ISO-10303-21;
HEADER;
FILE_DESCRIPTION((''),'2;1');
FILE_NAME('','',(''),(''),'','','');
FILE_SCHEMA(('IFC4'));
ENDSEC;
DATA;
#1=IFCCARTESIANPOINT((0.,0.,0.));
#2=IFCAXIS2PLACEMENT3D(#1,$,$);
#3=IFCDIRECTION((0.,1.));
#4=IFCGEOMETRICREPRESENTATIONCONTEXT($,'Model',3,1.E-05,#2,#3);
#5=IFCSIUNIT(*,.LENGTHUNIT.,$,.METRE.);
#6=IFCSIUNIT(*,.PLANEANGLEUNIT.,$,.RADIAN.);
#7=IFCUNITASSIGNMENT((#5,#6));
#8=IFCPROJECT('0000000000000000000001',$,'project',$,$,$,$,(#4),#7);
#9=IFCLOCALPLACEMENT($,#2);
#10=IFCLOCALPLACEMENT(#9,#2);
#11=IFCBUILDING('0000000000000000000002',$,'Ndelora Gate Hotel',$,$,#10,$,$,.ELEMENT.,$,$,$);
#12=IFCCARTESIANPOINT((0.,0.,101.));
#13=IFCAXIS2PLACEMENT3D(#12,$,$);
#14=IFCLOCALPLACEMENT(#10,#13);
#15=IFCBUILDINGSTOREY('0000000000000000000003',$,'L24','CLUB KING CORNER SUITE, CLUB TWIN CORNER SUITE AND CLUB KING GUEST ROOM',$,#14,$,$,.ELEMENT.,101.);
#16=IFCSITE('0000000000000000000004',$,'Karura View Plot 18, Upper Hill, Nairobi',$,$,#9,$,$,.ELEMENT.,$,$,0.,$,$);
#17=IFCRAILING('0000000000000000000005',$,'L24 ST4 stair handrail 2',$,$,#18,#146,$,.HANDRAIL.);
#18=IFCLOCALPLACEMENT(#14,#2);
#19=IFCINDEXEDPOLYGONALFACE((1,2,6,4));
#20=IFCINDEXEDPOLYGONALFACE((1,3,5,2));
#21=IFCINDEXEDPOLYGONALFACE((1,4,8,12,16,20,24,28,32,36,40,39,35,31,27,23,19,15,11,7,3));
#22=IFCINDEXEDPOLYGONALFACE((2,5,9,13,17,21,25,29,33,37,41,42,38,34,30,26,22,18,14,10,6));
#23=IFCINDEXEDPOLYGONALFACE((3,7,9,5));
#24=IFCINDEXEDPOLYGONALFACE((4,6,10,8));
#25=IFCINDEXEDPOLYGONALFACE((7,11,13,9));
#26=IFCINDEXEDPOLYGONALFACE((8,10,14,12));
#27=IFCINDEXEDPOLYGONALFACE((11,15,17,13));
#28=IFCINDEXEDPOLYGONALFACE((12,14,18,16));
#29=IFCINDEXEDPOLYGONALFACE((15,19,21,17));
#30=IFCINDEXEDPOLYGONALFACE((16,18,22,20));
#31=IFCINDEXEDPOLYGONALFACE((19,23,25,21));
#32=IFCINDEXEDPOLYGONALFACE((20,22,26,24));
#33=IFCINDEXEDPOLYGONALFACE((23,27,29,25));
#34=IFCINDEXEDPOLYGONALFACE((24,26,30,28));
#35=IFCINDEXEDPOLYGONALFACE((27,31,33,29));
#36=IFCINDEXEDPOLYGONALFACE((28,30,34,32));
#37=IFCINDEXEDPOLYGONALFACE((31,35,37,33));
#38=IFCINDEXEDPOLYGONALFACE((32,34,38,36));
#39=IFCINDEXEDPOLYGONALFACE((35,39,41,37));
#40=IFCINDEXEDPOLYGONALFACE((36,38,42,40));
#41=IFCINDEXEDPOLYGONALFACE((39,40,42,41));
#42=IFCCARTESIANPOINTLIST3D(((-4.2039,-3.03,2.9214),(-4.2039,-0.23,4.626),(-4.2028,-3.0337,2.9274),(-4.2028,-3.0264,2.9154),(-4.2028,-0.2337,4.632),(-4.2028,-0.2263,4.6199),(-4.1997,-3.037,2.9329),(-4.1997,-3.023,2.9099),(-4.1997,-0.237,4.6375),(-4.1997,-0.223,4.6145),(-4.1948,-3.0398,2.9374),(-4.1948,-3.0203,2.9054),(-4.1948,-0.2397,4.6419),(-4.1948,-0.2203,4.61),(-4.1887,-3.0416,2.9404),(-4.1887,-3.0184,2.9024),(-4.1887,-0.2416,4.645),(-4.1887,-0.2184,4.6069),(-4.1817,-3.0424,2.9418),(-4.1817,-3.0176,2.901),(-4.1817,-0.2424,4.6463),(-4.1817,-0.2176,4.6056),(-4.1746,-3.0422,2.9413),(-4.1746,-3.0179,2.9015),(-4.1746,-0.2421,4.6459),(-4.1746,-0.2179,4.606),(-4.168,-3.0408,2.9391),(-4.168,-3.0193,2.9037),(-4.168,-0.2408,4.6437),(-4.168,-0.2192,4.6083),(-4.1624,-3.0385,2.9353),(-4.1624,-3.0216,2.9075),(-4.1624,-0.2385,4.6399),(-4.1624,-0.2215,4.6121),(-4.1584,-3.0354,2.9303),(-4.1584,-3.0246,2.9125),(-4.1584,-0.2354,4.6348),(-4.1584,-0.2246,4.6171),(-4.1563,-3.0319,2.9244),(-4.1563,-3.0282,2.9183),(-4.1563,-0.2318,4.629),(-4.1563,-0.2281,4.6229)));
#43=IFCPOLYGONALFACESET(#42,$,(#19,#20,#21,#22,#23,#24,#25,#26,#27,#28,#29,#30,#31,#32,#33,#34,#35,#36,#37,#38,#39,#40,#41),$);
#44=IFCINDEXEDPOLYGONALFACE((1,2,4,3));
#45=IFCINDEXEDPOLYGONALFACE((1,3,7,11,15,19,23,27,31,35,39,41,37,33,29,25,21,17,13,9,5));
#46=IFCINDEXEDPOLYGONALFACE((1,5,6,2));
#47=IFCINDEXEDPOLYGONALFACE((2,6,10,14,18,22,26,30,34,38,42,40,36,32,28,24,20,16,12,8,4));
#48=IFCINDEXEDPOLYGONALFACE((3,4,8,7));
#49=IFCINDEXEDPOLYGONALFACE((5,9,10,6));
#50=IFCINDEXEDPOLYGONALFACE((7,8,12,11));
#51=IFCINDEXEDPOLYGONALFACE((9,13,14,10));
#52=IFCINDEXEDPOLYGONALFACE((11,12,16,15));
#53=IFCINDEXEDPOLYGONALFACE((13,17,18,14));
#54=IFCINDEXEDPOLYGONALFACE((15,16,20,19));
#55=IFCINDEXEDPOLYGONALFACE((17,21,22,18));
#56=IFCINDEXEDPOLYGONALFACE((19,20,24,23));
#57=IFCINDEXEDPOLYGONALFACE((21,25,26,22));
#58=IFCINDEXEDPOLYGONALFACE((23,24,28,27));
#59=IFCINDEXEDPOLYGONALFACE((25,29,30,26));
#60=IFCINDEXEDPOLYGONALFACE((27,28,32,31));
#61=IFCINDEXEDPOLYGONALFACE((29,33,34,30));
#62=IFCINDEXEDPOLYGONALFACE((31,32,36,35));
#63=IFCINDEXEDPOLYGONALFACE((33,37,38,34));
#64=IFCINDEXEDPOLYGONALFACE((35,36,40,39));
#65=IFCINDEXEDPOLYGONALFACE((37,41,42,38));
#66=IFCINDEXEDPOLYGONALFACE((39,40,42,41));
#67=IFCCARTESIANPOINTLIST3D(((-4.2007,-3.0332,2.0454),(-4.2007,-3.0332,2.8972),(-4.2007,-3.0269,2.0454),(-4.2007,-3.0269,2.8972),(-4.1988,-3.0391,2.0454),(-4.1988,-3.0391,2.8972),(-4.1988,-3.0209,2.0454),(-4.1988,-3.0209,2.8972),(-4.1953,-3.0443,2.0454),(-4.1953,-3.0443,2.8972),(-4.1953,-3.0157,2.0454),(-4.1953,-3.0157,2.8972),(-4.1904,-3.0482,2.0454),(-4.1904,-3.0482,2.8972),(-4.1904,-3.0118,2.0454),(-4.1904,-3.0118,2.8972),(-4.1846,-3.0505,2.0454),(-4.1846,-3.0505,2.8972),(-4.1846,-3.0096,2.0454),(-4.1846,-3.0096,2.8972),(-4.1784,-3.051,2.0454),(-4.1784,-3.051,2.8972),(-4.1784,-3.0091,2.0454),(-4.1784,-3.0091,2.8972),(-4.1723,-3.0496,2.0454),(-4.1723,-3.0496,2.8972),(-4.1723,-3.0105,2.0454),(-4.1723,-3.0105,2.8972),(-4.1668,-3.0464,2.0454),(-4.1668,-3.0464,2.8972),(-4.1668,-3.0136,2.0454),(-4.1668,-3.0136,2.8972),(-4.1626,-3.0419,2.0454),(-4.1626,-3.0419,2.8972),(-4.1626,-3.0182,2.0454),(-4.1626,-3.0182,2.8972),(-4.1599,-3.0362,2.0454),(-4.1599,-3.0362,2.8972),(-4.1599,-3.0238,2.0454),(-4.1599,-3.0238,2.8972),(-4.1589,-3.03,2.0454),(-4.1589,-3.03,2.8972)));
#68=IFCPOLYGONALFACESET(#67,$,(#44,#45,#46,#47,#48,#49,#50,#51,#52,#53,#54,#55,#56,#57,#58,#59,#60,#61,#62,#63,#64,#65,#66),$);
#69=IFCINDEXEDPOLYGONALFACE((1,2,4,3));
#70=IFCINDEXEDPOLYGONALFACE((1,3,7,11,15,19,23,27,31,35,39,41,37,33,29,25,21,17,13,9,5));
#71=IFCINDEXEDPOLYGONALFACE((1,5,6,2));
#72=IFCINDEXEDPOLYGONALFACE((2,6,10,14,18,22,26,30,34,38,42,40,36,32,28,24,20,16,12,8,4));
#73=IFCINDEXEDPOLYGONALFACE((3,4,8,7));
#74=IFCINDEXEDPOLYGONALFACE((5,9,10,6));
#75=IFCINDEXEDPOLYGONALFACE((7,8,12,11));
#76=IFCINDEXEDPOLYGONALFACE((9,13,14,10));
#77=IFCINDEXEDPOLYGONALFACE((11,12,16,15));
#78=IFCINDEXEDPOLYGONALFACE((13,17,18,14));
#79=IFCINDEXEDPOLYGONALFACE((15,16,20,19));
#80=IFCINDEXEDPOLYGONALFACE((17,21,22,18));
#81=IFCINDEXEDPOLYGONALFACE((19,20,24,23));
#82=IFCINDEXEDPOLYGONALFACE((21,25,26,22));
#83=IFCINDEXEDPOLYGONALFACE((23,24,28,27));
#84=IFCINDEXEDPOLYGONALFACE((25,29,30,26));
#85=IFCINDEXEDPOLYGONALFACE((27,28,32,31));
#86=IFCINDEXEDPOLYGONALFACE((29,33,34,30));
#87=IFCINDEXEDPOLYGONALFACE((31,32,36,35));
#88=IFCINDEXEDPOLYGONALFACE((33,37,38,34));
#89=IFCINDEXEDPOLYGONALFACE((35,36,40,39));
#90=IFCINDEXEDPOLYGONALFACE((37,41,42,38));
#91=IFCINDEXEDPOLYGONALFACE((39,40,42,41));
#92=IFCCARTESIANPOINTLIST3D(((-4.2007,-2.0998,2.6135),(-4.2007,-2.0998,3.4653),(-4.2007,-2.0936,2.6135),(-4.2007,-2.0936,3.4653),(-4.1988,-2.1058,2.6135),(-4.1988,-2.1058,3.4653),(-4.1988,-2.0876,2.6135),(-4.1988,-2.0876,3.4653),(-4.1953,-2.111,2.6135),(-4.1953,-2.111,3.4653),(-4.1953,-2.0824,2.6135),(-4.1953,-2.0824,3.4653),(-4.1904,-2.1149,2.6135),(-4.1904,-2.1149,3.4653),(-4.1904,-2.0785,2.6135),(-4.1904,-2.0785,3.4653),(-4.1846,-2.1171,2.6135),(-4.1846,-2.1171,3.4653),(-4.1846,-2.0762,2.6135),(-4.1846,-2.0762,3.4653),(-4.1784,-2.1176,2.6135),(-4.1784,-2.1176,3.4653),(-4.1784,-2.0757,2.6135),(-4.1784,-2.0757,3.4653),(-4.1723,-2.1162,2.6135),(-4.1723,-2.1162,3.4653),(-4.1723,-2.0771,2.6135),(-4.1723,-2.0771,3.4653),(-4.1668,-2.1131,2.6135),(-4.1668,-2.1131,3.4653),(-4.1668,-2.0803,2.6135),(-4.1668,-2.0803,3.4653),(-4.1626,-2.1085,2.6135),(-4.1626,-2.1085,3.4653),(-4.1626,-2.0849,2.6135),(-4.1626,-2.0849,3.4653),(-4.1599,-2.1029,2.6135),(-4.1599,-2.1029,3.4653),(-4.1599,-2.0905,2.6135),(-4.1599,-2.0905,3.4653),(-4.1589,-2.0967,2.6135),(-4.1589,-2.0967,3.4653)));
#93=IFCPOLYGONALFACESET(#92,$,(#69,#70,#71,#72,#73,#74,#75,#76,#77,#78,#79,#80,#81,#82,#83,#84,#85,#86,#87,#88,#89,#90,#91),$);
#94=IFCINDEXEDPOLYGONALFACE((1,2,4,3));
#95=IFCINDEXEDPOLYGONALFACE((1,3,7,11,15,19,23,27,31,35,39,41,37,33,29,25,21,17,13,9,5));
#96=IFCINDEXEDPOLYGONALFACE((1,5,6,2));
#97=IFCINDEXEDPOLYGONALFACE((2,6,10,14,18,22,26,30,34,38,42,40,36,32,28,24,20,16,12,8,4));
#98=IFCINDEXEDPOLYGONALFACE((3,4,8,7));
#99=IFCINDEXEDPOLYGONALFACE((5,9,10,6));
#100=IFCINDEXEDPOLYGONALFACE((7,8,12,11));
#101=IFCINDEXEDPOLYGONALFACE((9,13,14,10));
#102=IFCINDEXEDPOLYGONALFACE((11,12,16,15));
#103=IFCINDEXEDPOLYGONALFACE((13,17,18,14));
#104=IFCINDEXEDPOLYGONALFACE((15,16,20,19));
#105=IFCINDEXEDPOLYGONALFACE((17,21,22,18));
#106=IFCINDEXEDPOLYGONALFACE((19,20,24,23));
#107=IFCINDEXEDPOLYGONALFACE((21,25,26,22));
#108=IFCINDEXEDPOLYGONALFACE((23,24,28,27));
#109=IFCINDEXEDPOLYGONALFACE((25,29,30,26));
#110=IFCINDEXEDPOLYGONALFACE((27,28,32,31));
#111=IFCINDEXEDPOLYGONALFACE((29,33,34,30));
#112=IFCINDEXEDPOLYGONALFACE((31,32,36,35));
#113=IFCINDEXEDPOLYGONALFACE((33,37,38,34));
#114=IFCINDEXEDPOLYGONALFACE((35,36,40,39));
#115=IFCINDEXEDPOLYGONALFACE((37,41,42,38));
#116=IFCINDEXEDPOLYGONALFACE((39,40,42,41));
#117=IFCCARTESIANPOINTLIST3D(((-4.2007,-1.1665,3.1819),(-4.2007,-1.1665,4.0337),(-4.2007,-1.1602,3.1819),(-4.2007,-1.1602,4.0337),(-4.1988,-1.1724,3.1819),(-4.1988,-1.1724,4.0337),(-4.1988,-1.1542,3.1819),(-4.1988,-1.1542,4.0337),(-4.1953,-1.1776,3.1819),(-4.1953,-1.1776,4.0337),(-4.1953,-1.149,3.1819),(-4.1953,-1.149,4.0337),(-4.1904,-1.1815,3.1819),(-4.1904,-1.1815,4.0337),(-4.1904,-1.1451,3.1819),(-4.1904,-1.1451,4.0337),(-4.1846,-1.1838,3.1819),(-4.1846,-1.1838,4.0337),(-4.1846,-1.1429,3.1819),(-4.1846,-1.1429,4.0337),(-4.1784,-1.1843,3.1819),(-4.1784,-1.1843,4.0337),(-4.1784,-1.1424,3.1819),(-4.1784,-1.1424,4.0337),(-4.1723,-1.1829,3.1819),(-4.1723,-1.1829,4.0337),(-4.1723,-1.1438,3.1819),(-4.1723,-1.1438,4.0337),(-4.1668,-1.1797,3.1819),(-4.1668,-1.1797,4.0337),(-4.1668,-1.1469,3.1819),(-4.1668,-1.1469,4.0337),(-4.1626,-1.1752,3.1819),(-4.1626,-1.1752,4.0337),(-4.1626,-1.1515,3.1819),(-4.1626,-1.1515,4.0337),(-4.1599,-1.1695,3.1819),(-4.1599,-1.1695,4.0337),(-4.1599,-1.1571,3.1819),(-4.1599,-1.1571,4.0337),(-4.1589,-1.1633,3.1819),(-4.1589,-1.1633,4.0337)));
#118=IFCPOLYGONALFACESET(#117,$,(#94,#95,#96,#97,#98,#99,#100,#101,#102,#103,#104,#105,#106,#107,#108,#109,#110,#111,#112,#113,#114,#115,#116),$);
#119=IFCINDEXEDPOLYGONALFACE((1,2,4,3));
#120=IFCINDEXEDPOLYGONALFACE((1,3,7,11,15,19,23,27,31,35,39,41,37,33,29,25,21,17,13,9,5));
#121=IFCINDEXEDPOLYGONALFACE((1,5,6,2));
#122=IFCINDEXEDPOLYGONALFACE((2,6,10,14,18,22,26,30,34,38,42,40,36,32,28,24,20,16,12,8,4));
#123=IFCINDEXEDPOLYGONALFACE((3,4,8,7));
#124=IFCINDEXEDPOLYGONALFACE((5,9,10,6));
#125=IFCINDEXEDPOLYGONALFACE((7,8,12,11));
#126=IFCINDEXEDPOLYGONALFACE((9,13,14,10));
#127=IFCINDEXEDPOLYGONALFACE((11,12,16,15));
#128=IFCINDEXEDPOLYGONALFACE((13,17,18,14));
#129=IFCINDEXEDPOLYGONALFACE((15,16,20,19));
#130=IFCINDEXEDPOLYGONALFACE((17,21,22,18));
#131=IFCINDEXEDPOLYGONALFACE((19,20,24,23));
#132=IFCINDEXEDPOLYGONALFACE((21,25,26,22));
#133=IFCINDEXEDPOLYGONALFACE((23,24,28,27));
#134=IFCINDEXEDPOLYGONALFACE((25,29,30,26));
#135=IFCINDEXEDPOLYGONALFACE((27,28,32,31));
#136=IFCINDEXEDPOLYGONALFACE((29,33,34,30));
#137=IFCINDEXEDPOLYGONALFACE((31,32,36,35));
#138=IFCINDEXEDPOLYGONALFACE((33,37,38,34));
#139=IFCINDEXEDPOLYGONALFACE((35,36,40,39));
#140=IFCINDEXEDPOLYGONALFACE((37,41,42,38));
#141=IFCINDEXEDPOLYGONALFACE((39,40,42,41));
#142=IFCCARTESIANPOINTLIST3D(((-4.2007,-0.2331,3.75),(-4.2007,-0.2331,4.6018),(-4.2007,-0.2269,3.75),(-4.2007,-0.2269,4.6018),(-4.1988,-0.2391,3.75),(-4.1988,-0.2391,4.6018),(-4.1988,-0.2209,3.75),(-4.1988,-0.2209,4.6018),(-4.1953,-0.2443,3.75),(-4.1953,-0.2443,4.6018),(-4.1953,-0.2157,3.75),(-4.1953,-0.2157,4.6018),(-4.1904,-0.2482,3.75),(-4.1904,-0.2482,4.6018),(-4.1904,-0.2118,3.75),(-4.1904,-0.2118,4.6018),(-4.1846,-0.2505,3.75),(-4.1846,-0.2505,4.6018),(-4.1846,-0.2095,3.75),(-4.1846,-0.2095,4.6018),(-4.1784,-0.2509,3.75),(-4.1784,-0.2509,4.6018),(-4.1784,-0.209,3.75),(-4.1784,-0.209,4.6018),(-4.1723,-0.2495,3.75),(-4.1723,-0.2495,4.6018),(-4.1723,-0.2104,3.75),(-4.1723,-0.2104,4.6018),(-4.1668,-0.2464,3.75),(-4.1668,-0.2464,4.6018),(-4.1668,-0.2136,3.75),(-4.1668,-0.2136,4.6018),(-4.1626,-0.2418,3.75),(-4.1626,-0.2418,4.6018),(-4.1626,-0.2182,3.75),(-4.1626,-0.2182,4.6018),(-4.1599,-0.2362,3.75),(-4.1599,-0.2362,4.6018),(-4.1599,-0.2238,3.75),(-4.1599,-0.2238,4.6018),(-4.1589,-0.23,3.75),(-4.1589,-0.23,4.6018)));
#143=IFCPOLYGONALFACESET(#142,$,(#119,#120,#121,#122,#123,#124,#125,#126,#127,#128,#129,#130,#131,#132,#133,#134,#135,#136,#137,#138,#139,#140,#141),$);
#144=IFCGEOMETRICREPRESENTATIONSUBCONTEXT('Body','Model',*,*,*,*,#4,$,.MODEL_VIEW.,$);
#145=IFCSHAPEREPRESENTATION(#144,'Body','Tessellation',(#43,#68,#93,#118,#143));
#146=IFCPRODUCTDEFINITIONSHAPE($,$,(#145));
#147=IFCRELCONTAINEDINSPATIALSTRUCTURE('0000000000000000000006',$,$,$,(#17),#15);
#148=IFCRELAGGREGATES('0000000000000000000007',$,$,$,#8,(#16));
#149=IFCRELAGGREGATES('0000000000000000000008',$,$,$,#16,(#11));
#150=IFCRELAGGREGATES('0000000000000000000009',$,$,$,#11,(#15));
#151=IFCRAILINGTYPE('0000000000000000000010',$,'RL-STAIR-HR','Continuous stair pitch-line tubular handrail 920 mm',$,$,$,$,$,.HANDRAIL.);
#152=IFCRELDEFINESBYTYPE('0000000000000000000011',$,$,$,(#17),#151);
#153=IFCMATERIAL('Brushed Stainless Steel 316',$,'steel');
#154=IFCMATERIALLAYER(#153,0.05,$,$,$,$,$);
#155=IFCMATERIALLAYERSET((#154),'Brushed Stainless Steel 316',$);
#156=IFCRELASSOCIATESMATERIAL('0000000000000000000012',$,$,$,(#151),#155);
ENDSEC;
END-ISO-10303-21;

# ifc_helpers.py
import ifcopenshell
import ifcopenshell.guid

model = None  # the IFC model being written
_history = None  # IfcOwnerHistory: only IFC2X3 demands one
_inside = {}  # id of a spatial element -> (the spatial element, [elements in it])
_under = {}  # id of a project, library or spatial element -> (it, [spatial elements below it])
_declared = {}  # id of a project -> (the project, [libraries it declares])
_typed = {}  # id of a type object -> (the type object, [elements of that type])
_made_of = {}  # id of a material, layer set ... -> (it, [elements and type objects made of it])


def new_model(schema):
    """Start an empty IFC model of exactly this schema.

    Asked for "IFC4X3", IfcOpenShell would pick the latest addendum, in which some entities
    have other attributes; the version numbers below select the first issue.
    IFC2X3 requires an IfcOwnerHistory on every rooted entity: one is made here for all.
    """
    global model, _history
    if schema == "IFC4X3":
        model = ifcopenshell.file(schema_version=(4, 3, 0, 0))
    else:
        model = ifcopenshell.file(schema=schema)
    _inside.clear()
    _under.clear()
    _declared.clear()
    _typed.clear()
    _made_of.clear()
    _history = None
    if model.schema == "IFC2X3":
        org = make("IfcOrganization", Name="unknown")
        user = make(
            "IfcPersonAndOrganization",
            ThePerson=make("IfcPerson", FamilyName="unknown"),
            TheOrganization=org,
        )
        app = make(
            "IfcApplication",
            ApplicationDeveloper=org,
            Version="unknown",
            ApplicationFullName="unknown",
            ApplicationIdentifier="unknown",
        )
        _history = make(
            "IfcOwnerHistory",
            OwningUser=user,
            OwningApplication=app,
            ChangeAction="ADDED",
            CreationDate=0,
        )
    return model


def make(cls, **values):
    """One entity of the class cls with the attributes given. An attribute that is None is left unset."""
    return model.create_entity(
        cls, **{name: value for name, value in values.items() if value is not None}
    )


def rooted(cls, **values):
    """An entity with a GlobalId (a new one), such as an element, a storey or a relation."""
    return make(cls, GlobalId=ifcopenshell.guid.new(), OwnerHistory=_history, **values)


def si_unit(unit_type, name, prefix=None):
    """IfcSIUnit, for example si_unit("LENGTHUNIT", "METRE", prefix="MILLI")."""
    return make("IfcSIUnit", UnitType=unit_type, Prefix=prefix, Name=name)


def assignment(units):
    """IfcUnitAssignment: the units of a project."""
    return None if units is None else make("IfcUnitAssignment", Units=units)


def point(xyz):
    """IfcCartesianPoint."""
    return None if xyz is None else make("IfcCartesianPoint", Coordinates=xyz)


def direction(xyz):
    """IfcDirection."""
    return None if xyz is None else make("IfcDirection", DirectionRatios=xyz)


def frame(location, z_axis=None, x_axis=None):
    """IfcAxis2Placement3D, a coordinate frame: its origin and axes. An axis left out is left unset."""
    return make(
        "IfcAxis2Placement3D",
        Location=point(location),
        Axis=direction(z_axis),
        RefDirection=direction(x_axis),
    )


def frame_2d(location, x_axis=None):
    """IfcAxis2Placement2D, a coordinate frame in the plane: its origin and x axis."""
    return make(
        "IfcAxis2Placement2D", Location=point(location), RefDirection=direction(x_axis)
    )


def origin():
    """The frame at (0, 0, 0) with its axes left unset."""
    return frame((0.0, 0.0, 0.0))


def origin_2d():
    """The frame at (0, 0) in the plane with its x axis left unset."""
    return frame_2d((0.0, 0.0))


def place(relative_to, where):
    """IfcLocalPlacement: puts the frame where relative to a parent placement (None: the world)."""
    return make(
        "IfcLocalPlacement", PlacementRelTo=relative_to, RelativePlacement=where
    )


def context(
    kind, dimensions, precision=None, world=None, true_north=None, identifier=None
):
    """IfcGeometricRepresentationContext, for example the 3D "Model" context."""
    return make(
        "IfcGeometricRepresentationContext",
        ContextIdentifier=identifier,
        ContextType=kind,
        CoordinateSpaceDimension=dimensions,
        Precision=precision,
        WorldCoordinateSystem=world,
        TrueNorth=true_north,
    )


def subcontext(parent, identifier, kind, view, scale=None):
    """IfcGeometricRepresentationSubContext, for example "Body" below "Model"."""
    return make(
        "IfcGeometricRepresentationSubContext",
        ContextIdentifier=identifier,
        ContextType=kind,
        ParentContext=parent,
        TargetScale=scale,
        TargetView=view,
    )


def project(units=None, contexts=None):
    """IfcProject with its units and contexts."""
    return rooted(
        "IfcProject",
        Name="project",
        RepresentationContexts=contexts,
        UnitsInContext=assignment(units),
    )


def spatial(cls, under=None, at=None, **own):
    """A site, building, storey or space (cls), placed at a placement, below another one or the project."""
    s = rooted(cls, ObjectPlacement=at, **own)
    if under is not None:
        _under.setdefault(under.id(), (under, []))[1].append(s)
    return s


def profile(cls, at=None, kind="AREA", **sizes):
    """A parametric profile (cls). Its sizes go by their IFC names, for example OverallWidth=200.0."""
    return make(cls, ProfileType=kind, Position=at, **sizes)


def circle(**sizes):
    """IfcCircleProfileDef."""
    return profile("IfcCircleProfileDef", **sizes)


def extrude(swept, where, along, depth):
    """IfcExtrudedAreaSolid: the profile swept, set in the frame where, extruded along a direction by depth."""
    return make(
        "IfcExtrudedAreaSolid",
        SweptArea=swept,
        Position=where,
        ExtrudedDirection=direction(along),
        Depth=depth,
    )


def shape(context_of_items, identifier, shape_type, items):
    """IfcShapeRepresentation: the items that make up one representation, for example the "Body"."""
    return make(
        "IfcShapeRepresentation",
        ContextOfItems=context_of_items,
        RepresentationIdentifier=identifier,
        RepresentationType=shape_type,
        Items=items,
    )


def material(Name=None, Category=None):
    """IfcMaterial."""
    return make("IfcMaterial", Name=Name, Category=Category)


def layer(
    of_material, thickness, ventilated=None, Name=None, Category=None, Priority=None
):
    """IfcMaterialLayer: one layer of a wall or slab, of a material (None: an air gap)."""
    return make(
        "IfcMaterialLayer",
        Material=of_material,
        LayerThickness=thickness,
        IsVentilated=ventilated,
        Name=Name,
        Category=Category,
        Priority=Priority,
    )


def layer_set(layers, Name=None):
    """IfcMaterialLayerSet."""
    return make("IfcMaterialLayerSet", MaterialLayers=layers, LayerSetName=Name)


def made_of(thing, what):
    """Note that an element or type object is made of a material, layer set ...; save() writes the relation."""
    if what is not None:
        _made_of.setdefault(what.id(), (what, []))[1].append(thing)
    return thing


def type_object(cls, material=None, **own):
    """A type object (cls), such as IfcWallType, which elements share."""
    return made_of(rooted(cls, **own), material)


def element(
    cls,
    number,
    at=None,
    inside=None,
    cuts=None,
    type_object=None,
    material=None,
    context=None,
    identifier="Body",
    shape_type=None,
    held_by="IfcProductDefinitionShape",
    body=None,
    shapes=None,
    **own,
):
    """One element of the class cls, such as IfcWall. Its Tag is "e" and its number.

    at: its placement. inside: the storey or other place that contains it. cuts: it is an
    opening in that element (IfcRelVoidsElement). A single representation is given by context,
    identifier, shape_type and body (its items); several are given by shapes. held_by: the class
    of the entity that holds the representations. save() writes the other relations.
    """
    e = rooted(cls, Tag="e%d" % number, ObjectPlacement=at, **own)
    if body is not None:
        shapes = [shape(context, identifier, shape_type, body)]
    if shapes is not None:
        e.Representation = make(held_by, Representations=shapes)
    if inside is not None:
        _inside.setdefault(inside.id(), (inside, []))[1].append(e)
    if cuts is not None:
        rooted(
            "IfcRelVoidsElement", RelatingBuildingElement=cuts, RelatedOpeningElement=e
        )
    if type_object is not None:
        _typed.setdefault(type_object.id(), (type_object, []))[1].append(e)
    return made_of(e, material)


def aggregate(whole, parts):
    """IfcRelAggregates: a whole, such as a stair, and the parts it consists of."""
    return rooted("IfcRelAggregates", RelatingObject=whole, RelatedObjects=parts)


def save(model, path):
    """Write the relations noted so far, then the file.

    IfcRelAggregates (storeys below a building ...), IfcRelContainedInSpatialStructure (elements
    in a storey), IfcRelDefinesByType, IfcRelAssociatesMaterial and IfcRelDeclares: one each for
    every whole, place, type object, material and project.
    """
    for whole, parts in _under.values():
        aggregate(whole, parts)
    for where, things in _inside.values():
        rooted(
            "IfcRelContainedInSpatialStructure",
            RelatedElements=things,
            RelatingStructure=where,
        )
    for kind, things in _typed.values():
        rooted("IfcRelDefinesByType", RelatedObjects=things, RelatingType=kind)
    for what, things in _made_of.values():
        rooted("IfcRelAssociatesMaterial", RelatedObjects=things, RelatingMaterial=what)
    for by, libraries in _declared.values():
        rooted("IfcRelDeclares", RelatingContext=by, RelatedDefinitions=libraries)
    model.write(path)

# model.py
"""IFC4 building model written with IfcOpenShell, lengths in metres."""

from ifc_helpers import new_model, si_unit, direction, frame, origin, origin_2d, place, context, subcontext, project, spatial, circle, extrude, material, layer, layer_set, type_object, element, save


model = new_model("IFC4")

# Units and contexts
model_context = context("Model", 3, precision=1e-05, world=origin(), true_north=direction((0.0, 1.0)))
body_context = subcontext(model_context, "Body", "Model", "MODEL_VIEW")
ifc_project = project(units=[si_unit("LENGTHUNIT", "METRE"), si_unit("PLANEANGLEUNIT", "RADIAN")], contexts=[model_context])

# Site, building, storey
site_placement = place(None, origin())
site = spatial("IfcSite", under=ifc_project, at=site_placement, Name="Karura View Plot 18, Upper Hill, Nairobi", CompositionType="ELEMENT", RefElevation=0.0)
building_placement = place(site_placement, origin())
building = spatial("IfcBuilding", under=site, at=building_placement, Name="Ndelora Gate Hotel", CompositionType="ELEMENT")
storey_placement = place(building_placement, frame((0.0, 0.0, 101.0)))
storey = spatial("IfcBuildingStorey", under=building, at=storey_placement, Name="L24", Description="CLUB KING CORNER SUITE, CLUB TWIN CORNER SUITE AND CLUB KING GUEST ROOM", CompositionType="ELEMENT", Elevation=101.0)

# Railing
ifc_material_1 = material(Name="Brushed Stainless Steel 316", Category="steel")
ifc_layer_1 = layer(ifc_material_1, 0.05)
ifc_layer_set_1 = layer_set([ifc_layer_1], Name="Brushed Stainless Steel 316")
railing_type_1 = type_object("IfcRailingType", Name="RL-STAIR-HR", Description="Continuous stair pitch-line tubular handrail 920 mm", PredefinedType="HANDRAIL", material=ifc_layer_set_1)
railing_1_placement = place(storey_placement, frame((-4.1799, -3.03, 2.0454)))
element("IfcRailing", 1, at=railing_1_placement, inside=storey, type_object=railing_type_1, Name="L24 ST4 stair handrail 2", PredefinedType="HANDRAIL", context=body_context, shape_type="SweptSolid", body=[
    extrude(circle(Radius=0.0239, at=origin_2d()), frame((0.0, 0.0, 0.876), z_axis=(0.0, 0.85417, 0.519994), x_axis=(-1.0, 0.0, 0.0)), (0.0, 0.0, 1.0), 3.2781),
    extrude(circle(Radius=0.021, at=origin_2d()), origin(), (0.0, 0.0, 1.0), 0.8518),
    extrude(circle(Radius=0.021, at=origin_2d()), frame((0.0, 0.9333, 0.5681)), (0.0, 0.0, 1.0), 0.8518),
    extrude(circle(Radius=0.021, at=origin_2d()), frame((0.0, 1.8667, 1.1365)), (0.0, 0.0, 1.0), 0.8518),
    extrude(circle(Radius=0.021, at=origin_2d()), frame((0.0, 2.8, 1.7046)), (0.0, 0.0, 1.0), 0.8518),
])

save(model, "model.ifc")
